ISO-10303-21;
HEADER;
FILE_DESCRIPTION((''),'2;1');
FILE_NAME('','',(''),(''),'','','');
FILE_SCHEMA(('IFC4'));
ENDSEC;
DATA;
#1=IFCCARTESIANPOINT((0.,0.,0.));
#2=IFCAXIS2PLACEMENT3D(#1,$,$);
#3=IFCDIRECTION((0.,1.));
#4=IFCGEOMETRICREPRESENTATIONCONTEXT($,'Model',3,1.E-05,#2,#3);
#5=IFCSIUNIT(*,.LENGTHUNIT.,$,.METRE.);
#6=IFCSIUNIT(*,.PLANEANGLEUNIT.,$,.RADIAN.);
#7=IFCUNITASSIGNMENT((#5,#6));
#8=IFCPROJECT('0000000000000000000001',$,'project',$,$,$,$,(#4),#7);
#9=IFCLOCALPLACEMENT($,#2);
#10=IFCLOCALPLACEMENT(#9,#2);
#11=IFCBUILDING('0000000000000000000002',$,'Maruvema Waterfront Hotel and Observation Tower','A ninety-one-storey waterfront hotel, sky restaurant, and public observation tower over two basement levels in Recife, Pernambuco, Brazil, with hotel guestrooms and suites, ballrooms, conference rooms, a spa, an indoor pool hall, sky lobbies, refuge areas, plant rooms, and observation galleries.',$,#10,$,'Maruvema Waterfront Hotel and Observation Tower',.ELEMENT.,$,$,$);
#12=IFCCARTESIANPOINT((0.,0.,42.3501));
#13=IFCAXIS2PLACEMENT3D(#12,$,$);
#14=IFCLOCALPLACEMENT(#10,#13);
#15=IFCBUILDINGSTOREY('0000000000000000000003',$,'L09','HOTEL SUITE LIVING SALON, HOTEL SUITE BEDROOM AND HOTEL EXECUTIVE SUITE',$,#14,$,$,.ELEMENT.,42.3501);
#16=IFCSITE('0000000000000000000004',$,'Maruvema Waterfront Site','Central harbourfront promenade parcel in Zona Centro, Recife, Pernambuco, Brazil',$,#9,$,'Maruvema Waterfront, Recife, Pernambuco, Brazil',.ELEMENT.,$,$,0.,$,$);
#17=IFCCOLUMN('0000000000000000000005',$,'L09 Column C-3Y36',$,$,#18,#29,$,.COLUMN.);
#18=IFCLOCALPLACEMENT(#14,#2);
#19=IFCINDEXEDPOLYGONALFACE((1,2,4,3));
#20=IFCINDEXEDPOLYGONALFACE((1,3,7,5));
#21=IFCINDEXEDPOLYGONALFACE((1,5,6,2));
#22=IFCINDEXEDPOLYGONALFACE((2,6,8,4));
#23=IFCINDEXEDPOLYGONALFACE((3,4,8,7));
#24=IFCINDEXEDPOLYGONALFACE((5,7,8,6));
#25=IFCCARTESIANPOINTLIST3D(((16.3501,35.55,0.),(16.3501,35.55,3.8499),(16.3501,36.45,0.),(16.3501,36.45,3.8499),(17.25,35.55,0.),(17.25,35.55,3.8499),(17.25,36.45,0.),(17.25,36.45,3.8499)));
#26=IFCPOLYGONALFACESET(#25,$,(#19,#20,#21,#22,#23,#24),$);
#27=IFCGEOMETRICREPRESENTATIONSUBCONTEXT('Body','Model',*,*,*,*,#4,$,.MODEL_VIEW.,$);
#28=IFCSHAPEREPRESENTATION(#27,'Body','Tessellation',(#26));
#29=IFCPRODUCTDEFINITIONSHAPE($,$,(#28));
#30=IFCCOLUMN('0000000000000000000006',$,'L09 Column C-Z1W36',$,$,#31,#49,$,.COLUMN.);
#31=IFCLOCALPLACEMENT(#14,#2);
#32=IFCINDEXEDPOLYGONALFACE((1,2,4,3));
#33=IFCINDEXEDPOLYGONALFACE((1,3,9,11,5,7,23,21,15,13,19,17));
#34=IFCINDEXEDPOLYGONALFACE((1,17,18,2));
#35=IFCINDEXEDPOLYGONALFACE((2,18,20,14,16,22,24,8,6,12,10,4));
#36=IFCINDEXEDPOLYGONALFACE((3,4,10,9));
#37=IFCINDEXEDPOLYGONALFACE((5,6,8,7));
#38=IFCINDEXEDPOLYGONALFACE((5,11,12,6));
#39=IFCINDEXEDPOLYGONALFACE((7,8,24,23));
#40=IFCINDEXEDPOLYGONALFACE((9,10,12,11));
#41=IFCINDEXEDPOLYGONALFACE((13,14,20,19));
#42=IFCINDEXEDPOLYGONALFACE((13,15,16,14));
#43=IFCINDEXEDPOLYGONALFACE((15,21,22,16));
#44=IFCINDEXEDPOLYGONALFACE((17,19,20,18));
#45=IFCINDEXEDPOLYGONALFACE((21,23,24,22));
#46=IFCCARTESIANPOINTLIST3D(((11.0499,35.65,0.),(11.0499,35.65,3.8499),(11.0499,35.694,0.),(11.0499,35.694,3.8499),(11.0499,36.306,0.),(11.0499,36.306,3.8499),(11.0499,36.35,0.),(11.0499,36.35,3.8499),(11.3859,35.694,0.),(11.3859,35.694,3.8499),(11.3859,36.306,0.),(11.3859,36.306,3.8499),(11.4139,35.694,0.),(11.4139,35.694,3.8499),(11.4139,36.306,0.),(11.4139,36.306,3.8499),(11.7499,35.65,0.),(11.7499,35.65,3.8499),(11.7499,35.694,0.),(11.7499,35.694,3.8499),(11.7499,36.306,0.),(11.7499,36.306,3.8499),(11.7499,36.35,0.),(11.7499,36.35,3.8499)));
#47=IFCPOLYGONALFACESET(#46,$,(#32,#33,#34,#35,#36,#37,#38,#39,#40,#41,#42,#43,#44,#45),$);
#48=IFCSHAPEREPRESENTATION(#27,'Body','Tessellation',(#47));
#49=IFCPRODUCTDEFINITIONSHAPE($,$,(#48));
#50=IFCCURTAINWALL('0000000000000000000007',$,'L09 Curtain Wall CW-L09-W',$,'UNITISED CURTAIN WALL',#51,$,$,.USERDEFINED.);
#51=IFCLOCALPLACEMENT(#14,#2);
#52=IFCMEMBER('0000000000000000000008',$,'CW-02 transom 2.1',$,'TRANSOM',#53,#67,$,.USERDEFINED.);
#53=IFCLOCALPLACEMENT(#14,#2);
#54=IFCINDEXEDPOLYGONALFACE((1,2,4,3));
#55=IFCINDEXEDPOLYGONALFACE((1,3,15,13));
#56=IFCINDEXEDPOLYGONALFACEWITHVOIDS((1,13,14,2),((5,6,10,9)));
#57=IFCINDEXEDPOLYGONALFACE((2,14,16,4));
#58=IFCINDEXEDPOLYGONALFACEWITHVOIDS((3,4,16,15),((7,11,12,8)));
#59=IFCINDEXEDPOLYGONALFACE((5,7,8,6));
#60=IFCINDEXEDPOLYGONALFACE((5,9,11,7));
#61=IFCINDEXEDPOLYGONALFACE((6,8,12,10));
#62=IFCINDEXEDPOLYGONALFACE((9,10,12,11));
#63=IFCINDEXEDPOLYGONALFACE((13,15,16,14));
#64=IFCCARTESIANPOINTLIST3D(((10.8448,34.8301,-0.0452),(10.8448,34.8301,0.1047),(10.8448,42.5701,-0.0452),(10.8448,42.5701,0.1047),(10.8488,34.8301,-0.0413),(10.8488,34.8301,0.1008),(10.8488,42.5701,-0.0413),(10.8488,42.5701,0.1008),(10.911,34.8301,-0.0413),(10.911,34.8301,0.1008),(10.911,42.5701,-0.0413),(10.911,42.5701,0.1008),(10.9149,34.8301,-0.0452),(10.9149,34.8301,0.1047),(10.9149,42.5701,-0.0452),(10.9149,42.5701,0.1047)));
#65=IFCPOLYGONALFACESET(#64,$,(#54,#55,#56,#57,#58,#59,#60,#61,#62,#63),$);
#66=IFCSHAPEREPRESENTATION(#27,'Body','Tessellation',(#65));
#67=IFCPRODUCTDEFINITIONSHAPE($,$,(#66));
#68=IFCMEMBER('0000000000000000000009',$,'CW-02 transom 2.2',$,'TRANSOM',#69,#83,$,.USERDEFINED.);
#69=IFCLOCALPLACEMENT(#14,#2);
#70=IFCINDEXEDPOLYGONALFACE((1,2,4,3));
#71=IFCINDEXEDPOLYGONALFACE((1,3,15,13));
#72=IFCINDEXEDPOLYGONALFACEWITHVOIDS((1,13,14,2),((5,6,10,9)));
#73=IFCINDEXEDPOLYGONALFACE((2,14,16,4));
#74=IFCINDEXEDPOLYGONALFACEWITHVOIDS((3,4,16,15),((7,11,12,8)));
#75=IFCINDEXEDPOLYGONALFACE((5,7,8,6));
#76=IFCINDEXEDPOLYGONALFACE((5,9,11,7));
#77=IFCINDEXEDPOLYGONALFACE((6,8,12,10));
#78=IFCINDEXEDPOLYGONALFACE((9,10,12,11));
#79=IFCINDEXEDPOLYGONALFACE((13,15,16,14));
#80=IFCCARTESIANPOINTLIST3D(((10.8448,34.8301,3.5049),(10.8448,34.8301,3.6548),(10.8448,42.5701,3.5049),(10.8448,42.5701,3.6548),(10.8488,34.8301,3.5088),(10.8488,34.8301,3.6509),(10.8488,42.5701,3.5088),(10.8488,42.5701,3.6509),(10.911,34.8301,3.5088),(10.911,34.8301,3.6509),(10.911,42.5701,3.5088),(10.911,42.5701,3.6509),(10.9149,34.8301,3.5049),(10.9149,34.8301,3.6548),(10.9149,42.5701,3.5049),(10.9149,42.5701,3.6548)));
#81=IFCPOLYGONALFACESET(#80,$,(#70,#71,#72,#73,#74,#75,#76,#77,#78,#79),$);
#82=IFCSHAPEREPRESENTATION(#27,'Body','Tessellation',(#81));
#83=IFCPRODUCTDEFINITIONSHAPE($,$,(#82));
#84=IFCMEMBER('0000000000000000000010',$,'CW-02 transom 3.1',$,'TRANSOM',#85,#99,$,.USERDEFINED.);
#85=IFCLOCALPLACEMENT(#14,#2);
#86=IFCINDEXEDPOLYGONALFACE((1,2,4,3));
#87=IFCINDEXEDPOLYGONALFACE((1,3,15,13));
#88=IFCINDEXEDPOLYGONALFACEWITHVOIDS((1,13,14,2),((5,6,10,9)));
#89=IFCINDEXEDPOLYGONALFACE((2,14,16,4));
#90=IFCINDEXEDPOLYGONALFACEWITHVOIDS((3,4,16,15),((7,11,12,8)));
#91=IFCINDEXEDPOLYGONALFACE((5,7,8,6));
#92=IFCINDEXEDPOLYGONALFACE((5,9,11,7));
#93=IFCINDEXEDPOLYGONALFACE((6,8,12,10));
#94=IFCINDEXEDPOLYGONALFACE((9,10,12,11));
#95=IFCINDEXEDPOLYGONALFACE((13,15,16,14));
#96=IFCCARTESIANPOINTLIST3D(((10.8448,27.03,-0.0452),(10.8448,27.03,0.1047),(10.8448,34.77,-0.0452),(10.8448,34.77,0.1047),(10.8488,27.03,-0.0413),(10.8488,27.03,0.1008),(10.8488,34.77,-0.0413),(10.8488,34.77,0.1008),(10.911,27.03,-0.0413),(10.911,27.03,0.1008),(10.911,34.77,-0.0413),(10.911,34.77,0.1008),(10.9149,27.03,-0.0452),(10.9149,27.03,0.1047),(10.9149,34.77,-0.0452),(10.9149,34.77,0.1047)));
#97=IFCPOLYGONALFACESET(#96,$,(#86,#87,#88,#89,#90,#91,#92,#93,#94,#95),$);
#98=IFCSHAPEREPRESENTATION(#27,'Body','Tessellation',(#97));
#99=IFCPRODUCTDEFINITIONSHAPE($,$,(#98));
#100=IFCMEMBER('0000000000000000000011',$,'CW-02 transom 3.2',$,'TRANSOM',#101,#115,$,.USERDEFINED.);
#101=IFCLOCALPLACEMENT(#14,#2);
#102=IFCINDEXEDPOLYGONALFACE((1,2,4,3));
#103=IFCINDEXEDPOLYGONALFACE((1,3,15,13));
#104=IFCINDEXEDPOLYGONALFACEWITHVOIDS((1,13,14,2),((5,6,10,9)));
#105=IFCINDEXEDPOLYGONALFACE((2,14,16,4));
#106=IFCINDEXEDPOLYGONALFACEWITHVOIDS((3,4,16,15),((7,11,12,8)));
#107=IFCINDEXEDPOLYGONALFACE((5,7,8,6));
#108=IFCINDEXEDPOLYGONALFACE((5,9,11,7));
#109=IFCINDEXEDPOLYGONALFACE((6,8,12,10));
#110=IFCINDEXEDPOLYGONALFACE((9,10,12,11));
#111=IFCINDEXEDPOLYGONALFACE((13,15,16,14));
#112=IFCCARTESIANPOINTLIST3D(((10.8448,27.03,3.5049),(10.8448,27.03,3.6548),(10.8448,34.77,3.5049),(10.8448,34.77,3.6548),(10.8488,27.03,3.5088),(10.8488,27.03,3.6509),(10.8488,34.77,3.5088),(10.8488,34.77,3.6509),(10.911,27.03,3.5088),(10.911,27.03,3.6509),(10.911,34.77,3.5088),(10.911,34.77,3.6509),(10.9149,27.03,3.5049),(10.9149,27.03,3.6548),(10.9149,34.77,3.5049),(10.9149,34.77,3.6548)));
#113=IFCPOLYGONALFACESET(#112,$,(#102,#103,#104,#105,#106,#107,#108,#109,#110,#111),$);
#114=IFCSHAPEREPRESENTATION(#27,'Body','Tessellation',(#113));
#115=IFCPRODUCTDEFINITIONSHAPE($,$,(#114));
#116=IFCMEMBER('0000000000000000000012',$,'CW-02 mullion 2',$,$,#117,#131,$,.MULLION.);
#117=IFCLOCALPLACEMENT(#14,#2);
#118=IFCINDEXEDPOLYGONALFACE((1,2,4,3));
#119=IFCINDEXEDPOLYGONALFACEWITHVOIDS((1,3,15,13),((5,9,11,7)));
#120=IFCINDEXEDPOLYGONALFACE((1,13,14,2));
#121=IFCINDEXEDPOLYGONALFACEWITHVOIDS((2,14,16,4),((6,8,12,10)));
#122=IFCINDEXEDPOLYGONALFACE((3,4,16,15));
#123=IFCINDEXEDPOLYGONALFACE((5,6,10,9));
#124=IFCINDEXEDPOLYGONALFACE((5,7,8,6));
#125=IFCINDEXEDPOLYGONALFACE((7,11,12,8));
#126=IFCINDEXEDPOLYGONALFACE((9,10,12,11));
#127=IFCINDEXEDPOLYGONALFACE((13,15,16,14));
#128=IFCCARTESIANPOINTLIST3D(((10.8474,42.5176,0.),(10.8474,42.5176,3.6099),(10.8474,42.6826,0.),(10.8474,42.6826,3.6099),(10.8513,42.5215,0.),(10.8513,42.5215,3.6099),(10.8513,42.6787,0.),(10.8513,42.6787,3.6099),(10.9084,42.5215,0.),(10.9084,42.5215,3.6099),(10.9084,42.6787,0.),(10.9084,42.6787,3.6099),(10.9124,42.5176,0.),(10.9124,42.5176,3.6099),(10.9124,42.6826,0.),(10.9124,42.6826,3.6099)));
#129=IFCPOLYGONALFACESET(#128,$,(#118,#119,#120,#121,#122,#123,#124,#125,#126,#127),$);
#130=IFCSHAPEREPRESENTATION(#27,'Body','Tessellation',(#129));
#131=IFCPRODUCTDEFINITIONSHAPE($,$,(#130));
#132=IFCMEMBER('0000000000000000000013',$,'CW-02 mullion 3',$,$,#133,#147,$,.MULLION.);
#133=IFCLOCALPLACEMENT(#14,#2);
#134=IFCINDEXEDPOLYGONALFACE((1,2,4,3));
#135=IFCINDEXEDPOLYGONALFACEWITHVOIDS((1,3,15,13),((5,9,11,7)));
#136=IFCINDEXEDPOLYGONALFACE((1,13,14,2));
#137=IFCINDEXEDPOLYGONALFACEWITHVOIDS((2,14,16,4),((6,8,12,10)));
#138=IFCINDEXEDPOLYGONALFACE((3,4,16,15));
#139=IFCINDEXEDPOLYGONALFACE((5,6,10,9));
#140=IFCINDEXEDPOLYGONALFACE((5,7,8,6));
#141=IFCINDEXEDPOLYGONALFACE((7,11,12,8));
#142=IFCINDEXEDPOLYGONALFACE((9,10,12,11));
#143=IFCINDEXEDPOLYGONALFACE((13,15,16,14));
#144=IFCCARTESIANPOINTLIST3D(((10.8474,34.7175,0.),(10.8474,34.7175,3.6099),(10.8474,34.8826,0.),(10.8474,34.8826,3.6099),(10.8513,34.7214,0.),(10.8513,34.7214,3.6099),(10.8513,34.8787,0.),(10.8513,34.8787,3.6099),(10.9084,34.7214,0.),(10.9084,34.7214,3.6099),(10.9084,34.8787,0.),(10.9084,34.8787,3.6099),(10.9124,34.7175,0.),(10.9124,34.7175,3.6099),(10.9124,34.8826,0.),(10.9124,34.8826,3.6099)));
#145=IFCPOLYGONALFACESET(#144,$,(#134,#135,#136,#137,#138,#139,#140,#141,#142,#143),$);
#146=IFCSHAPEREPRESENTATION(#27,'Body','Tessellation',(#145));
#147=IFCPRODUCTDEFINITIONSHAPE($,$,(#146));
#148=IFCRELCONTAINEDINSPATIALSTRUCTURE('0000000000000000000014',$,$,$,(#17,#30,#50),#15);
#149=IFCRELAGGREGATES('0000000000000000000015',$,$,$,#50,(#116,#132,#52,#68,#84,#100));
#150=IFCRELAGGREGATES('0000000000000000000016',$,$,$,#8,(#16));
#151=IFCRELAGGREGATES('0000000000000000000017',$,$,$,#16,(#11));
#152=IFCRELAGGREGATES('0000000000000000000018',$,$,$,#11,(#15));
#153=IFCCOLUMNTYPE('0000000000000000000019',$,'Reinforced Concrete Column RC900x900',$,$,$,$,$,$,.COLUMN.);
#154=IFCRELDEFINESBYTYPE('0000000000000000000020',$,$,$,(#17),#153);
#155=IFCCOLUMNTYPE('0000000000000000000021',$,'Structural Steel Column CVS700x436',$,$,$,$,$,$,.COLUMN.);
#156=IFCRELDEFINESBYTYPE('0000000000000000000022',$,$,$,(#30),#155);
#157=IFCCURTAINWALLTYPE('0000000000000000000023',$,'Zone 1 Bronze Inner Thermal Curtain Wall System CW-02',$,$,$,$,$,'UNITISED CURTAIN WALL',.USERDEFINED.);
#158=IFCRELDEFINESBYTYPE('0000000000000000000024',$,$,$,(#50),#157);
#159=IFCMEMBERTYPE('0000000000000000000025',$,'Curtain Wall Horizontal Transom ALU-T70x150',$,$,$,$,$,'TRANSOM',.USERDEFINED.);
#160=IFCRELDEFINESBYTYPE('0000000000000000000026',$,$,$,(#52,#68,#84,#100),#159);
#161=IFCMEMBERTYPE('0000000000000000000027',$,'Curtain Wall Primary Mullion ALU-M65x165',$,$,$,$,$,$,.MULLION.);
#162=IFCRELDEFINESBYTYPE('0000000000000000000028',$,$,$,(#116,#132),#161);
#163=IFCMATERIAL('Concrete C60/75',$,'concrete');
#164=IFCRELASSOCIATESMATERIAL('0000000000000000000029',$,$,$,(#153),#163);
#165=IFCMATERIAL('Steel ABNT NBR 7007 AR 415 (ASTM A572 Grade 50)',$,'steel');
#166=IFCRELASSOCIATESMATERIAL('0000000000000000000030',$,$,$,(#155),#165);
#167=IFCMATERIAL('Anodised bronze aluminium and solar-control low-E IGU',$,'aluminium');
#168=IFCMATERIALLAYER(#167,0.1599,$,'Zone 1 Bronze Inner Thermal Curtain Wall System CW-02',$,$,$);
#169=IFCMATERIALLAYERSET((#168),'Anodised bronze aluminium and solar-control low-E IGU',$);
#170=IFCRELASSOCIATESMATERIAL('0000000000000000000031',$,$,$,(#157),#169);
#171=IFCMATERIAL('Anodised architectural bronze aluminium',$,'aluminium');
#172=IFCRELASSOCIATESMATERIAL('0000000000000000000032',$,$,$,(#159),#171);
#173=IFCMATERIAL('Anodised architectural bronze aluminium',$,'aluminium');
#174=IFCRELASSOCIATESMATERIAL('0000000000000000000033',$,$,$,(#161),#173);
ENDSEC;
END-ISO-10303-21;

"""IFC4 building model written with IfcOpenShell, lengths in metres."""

from ifc_helpers import new_model, si_unit, direction, frame, origin, origin_2d, place, context, subcontext, project, spatial, rectangle, hollow_rectangle, i_section, extrude, material, layer, layer_set, material_profile, profile_set, type_object, element, aggregate, save


model = new_model("IFC4")

# Units and contexts
model_context = context("Model", 3, precision=1e-05, world=origin(), true_north=direction((0.0, 1.0)))
body_context = subcontext(model_context, "Body", "Model", "MODEL_VIEW")
ifc_project = project(units=[si_unit("LENGTHUNIT", "METRE"), si_unit("PLANEANGLEUNIT", "RADIAN")], contexts=[model_context])

# Site, building, storey
site_placement = place(None, origin())
site = spatial("IfcSite", under=ifc_project, at=site_placement, Name="Maruvema Waterfront Site", Description="Central harbourfront promenade parcel in Zona Centro, Recife, Pernambuco, Brazil", LongName="Maruvema Waterfront, Recife, Pernambuco, Brazil", CompositionType="ELEMENT", RefElevation=0.0)
building_placement = place(site_placement, origin())
building = spatial("IfcBuilding", under=site, at=building_placement, Name="Maruvema Waterfront Hotel and Observation Tower", Description="A ninety-one-storey waterfront hotel, sky restaurant, and public observation tower over two basement levels in Recife, Pernambuco, Brazil, with hotel guestrooms and suites, ballrooms, conference rooms, a spa, an indoor pool hall, sky lobbies, refuge areas, plant rooms, and observation galleries.", LongName="Maruvema Waterfront Hotel and Observation Tower", CompositionType="ELEMENT")
storey_placement = place(building_placement, frame((0.0, 0.0, 42.3501)))
storey = spatial("IfcBuildingStorey", under=building, at=storey_placement, Name="L09", Description="HOTEL SUITE LIVING SALON, HOTEL SUITE BEDROOM AND HOTEL EXECUTIVE SUITE", CompositionType="ELEMENT", Elevation=42.3501)

# Columns
ifc_material_1 = material(Name="Concrete C60/75", Category="concrete")
ifc_material_profile_1 = material_profile(ifc_material_1, rectangle(XDim=0.8999, YDim=0.8999, at=origin_2d()), Name="RC900x900")
ifc_profile_set_1 = profile_set([ifc_material_profile_1], Name="Concrete C60/75")
column_type_1 = type_object("IfcColumnType", Name="Reinforced Concrete Column RC900x900", PredefinedType="COLUMN", material=ifc_profile_set_1)
column_1_placement = place(storey_placement, frame((16.8, 36.0, 0.0), z_axis=(0.0, 0.0, 1.0), x_axis=(1.0, 0.0, 0.0)))
element("IfcColumn", 1, at=column_1_placement, inside=storey, type_object=column_type_1, Name="L09 Column C-3Y36", PredefinedType="COLUMN", context=body_context, shape_type="SweptSolid", body=[
    extrude(rectangle(XDim=0.8999, YDim=0.8999, at=origin_2d()), origin(), (0.0, 0.0, 1.0), 3.8499),
])
ifc_material_2 = material(Name="Steel ABNT NBR 7007 AR 415 (ASTM A572 Grade 50)", Category="steel")
ifc_material_profile_2 = material_profile(ifc_material_2, i_section(OverallWidth=0.7, OverallDepth=0.7, WebThickness=0.0281, FlangeThickness=0.0439, at=origin_2d()), Name="CVS700x436")
ifc_profile_set_2 = profile_set([ifc_material_profile_2], Name="Steel ABNT NBR 7007 AR 415 (ASTM A572 Grade 50)")
column_type_2 = type_object("IfcColumnType", Name="Structural Steel Column CVS700x436", PredefinedType="COLUMN", material=ifc_profile_set_2)
column_2_placement = place(storey_placement, frame((11.3999, 36.0, 0.0), z_axis=(0.0, 0.0, 1.0), x_axis=(1.0, 0.0, 0.0)))
element("IfcColumn", 2, at=column_2_placement, inside=storey, type_object=column_type_2, Name="L09 Column C-Z1W36", PredefinedType="COLUMN", context=body_context, shape_type="SweptSolid", body=[
    extrude(i_section(OverallWidth=0.7, OverallDepth=0.7, WebThickness=0.0281, FlangeThickness=0.0439, at=origin_2d()), origin(), (0.0, 0.0, 1.0), 3.8499),
])

# Curtain wall, members
ifc_material_3 = material(Name="Anodised bronze aluminium and solar-control low-E IGU", Category="aluminium")
ifc_layer_1 = layer(ifc_material_3, 0.1599, Name="Zone 1 Bronze Inner Thermal Curtain Wall System CW-02")
ifc_layer_set_1 = layer_set([ifc_layer_1], Name="Anodised bronze aluminium and solar-control low-E IGU")
curtain_wall_type = type_object("IfcCurtainWallType", Name="Zone 1 Bronze Inner Thermal Curtain Wall System CW-02", ElementType="UNITISED CURTAIN WALL", PredefinedType="USERDEFINED", material=ifc_layer_set_1)
curtain_wall_placement = place(storey_placement, origin())
curtain_wall = element("IfcCurtainWall", 3, at=curtain_wall_placement, inside=storey, type_object=curtain_wall_type, Name="L09 Curtain Wall CW-L09-W", ObjectType="UNITISED CURTAIN WALL", PredefinedType="USERDEFINED")
ifc_material_4 = material(Name="Anodised architectural bronze aluminium", Category="aluminium")
ifc_material_profile_3 = material_profile(ifc_material_4, hollow_rectangle(XDim=0.0701, YDim=0.1499, WallThickness=0.0039, at=origin_2d()), Name="ALU-T70x150")
ifc_profile_set_3 = profile_set([ifc_material_profile_3], Name="Anodised architectural bronze aluminium")
member_type_1 = type_object("IfcMemberType", Name="Curtain Wall Horizontal Transom ALU-T70x150", ElementType="TRANSOM", PredefinedType="USERDEFINED", material=ifc_profile_set_3)
member_1_placement = place(storey_placement, frame((10.8799, 42.5701, 0.0298), z_axis=(0.0, -1.0, 0.0), x_axis=(1.0, 0.0, 0.0)))
member_1 = element("IfcMember", 4, at=member_1_placement, type_object=member_type_1, Name="CW-02 transom 2.1", ObjectType="TRANSOM", PredefinedType="USERDEFINED", context=body_context, shape_type="SweptSolid", body=[
    extrude(hollow_rectangle(XDim=0.0701, YDim=0.1499, WallThickness=0.0039, at=origin_2d()), origin(), (0.0, 0.0, 1.0), 7.74),
])
member_2_placement = place(storey_placement, frame((10.8799, 42.5701, 3.5798), z_axis=(0.0, -1.0, 0.0), x_axis=(1.0, 0.0, 0.0)))
member_2 = element("IfcMember", 5, at=member_2_placement, type_object=member_type_1, Name="CW-02 transom 2.2", ObjectType="TRANSOM", PredefinedType="USERDEFINED", context=body_context, shape_type="SweptSolid", body=[
    extrude(hollow_rectangle(XDim=0.0701, YDim=0.1499, WallThickness=0.0039, at=origin_2d()), origin(), (0.0, 0.0, 1.0), 7.74),
])
member_3_placement = place(storey_placement, frame((10.8799, 34.77, 0.0298), z_axis=(0.0, -1.0, 0.0), x_axis=(1.0, 0.0, 0.0)))
member_3 = element("IfcMember", 6, at=member_3_placement, type_object=member_type_1, Name="CW-02 transom 3.1", ObjectType="TRANSOM", PredefinedType="USERDEFINED", context=body_context, shape_type="SweptSolid", body=[
    extrude(hollow_rectangle(XDim=0.0701, YDim=0.1499, WallThickness=0.0039, at=origin_2d()), origin(), (0.0, 0.0, 1.0), 7.74),
])
member_4_placement = place(storey_placement, frame((10.8799, 34.77, 3.5798), z_axis=(0.0, -1.0, 0.0), x_axis=(1.0, 0.0, 0.0)))
member_4 = element("IfcMember", 7, at=member_4_placement, type_object=member_type_1, Name="CW-02 transom 3.2", ObjectType="TRANSOM", PredefinedType="USERDEFINED", context=body_context, shape_type="SweptSolid", body=[
    extrude(hollow_rectangle(XDim=0.0701, YDim=0.1499, WallThickness=0.0039, at=origin_2d()), origin(), (0.0, 0.0, 1.0), 7.74),
])
ifc_material_5 = material(Name="Anodised architectural bronze aluminium", Category="aluminium")
ifc_material_profile_4 = material_profile(ifc_material_5, hollow_rectangle(XDim=0.0649, YDim=0.165, WallThickness=0.0039, at=origin_2d()), Name="ALU-M65x165")
ifc_profile_set_4 = profile_set([ifc_material_profile_4], Name="Anodised architectural bronze aluminium")
member_type_2 = type_object("IfcMemberType", Name="Curtain Wall Primary Mullion ALU-M65x165", PredefinedType="MULLION", material=ifc_profile_set_4)
member_5_placement = place(storey_placement, frame((10.8799, 42.6001, 0.0), z_axis=(0.0, 0.0, 1.0), x_axis=(1.0, 0.0, 0.0)))
member_5 = element("IfcMember", 8, at=member_5_placement, type_object=member_type_2, Name="CW-02 mullion 2", PredefinedType="MULLION", context=body_context, shape_type="SweptSolid", body=[
    extrude(hollow_rectangle(XDim=0.0649, YDim=0.165, WallThickness=0.0039, at=origin_2d()), origin(), (0.0, 0.0, 1.0), 3.6099),
])
member_6_placement = place(storey_placement, frame((10.8799, 34.8, 0.0), z_axis=(0.0, 0.0, 1.0), x_axis=(1.0, 0.0, 0.0)))
member_6 = element("IfcMember", 9, at=member_6_placement, type_object=member_type_2, Name="CW-02 mullion 3", PredefinedType="MULLION", context=body_context, shape_type="SweptSolid", body=[
    extrude(hollow_rectangle(XDim=0.0649, YDim=0.165, WallThickness=0.0039, at=origin_2d()), origin(), (0.0, 0.0, 1.0), 3.6099),
])

aggregate(curtain_wall, [member_5, member_6, member_1, member_2, member_3, member_4])

save(model, "model.ifc")
